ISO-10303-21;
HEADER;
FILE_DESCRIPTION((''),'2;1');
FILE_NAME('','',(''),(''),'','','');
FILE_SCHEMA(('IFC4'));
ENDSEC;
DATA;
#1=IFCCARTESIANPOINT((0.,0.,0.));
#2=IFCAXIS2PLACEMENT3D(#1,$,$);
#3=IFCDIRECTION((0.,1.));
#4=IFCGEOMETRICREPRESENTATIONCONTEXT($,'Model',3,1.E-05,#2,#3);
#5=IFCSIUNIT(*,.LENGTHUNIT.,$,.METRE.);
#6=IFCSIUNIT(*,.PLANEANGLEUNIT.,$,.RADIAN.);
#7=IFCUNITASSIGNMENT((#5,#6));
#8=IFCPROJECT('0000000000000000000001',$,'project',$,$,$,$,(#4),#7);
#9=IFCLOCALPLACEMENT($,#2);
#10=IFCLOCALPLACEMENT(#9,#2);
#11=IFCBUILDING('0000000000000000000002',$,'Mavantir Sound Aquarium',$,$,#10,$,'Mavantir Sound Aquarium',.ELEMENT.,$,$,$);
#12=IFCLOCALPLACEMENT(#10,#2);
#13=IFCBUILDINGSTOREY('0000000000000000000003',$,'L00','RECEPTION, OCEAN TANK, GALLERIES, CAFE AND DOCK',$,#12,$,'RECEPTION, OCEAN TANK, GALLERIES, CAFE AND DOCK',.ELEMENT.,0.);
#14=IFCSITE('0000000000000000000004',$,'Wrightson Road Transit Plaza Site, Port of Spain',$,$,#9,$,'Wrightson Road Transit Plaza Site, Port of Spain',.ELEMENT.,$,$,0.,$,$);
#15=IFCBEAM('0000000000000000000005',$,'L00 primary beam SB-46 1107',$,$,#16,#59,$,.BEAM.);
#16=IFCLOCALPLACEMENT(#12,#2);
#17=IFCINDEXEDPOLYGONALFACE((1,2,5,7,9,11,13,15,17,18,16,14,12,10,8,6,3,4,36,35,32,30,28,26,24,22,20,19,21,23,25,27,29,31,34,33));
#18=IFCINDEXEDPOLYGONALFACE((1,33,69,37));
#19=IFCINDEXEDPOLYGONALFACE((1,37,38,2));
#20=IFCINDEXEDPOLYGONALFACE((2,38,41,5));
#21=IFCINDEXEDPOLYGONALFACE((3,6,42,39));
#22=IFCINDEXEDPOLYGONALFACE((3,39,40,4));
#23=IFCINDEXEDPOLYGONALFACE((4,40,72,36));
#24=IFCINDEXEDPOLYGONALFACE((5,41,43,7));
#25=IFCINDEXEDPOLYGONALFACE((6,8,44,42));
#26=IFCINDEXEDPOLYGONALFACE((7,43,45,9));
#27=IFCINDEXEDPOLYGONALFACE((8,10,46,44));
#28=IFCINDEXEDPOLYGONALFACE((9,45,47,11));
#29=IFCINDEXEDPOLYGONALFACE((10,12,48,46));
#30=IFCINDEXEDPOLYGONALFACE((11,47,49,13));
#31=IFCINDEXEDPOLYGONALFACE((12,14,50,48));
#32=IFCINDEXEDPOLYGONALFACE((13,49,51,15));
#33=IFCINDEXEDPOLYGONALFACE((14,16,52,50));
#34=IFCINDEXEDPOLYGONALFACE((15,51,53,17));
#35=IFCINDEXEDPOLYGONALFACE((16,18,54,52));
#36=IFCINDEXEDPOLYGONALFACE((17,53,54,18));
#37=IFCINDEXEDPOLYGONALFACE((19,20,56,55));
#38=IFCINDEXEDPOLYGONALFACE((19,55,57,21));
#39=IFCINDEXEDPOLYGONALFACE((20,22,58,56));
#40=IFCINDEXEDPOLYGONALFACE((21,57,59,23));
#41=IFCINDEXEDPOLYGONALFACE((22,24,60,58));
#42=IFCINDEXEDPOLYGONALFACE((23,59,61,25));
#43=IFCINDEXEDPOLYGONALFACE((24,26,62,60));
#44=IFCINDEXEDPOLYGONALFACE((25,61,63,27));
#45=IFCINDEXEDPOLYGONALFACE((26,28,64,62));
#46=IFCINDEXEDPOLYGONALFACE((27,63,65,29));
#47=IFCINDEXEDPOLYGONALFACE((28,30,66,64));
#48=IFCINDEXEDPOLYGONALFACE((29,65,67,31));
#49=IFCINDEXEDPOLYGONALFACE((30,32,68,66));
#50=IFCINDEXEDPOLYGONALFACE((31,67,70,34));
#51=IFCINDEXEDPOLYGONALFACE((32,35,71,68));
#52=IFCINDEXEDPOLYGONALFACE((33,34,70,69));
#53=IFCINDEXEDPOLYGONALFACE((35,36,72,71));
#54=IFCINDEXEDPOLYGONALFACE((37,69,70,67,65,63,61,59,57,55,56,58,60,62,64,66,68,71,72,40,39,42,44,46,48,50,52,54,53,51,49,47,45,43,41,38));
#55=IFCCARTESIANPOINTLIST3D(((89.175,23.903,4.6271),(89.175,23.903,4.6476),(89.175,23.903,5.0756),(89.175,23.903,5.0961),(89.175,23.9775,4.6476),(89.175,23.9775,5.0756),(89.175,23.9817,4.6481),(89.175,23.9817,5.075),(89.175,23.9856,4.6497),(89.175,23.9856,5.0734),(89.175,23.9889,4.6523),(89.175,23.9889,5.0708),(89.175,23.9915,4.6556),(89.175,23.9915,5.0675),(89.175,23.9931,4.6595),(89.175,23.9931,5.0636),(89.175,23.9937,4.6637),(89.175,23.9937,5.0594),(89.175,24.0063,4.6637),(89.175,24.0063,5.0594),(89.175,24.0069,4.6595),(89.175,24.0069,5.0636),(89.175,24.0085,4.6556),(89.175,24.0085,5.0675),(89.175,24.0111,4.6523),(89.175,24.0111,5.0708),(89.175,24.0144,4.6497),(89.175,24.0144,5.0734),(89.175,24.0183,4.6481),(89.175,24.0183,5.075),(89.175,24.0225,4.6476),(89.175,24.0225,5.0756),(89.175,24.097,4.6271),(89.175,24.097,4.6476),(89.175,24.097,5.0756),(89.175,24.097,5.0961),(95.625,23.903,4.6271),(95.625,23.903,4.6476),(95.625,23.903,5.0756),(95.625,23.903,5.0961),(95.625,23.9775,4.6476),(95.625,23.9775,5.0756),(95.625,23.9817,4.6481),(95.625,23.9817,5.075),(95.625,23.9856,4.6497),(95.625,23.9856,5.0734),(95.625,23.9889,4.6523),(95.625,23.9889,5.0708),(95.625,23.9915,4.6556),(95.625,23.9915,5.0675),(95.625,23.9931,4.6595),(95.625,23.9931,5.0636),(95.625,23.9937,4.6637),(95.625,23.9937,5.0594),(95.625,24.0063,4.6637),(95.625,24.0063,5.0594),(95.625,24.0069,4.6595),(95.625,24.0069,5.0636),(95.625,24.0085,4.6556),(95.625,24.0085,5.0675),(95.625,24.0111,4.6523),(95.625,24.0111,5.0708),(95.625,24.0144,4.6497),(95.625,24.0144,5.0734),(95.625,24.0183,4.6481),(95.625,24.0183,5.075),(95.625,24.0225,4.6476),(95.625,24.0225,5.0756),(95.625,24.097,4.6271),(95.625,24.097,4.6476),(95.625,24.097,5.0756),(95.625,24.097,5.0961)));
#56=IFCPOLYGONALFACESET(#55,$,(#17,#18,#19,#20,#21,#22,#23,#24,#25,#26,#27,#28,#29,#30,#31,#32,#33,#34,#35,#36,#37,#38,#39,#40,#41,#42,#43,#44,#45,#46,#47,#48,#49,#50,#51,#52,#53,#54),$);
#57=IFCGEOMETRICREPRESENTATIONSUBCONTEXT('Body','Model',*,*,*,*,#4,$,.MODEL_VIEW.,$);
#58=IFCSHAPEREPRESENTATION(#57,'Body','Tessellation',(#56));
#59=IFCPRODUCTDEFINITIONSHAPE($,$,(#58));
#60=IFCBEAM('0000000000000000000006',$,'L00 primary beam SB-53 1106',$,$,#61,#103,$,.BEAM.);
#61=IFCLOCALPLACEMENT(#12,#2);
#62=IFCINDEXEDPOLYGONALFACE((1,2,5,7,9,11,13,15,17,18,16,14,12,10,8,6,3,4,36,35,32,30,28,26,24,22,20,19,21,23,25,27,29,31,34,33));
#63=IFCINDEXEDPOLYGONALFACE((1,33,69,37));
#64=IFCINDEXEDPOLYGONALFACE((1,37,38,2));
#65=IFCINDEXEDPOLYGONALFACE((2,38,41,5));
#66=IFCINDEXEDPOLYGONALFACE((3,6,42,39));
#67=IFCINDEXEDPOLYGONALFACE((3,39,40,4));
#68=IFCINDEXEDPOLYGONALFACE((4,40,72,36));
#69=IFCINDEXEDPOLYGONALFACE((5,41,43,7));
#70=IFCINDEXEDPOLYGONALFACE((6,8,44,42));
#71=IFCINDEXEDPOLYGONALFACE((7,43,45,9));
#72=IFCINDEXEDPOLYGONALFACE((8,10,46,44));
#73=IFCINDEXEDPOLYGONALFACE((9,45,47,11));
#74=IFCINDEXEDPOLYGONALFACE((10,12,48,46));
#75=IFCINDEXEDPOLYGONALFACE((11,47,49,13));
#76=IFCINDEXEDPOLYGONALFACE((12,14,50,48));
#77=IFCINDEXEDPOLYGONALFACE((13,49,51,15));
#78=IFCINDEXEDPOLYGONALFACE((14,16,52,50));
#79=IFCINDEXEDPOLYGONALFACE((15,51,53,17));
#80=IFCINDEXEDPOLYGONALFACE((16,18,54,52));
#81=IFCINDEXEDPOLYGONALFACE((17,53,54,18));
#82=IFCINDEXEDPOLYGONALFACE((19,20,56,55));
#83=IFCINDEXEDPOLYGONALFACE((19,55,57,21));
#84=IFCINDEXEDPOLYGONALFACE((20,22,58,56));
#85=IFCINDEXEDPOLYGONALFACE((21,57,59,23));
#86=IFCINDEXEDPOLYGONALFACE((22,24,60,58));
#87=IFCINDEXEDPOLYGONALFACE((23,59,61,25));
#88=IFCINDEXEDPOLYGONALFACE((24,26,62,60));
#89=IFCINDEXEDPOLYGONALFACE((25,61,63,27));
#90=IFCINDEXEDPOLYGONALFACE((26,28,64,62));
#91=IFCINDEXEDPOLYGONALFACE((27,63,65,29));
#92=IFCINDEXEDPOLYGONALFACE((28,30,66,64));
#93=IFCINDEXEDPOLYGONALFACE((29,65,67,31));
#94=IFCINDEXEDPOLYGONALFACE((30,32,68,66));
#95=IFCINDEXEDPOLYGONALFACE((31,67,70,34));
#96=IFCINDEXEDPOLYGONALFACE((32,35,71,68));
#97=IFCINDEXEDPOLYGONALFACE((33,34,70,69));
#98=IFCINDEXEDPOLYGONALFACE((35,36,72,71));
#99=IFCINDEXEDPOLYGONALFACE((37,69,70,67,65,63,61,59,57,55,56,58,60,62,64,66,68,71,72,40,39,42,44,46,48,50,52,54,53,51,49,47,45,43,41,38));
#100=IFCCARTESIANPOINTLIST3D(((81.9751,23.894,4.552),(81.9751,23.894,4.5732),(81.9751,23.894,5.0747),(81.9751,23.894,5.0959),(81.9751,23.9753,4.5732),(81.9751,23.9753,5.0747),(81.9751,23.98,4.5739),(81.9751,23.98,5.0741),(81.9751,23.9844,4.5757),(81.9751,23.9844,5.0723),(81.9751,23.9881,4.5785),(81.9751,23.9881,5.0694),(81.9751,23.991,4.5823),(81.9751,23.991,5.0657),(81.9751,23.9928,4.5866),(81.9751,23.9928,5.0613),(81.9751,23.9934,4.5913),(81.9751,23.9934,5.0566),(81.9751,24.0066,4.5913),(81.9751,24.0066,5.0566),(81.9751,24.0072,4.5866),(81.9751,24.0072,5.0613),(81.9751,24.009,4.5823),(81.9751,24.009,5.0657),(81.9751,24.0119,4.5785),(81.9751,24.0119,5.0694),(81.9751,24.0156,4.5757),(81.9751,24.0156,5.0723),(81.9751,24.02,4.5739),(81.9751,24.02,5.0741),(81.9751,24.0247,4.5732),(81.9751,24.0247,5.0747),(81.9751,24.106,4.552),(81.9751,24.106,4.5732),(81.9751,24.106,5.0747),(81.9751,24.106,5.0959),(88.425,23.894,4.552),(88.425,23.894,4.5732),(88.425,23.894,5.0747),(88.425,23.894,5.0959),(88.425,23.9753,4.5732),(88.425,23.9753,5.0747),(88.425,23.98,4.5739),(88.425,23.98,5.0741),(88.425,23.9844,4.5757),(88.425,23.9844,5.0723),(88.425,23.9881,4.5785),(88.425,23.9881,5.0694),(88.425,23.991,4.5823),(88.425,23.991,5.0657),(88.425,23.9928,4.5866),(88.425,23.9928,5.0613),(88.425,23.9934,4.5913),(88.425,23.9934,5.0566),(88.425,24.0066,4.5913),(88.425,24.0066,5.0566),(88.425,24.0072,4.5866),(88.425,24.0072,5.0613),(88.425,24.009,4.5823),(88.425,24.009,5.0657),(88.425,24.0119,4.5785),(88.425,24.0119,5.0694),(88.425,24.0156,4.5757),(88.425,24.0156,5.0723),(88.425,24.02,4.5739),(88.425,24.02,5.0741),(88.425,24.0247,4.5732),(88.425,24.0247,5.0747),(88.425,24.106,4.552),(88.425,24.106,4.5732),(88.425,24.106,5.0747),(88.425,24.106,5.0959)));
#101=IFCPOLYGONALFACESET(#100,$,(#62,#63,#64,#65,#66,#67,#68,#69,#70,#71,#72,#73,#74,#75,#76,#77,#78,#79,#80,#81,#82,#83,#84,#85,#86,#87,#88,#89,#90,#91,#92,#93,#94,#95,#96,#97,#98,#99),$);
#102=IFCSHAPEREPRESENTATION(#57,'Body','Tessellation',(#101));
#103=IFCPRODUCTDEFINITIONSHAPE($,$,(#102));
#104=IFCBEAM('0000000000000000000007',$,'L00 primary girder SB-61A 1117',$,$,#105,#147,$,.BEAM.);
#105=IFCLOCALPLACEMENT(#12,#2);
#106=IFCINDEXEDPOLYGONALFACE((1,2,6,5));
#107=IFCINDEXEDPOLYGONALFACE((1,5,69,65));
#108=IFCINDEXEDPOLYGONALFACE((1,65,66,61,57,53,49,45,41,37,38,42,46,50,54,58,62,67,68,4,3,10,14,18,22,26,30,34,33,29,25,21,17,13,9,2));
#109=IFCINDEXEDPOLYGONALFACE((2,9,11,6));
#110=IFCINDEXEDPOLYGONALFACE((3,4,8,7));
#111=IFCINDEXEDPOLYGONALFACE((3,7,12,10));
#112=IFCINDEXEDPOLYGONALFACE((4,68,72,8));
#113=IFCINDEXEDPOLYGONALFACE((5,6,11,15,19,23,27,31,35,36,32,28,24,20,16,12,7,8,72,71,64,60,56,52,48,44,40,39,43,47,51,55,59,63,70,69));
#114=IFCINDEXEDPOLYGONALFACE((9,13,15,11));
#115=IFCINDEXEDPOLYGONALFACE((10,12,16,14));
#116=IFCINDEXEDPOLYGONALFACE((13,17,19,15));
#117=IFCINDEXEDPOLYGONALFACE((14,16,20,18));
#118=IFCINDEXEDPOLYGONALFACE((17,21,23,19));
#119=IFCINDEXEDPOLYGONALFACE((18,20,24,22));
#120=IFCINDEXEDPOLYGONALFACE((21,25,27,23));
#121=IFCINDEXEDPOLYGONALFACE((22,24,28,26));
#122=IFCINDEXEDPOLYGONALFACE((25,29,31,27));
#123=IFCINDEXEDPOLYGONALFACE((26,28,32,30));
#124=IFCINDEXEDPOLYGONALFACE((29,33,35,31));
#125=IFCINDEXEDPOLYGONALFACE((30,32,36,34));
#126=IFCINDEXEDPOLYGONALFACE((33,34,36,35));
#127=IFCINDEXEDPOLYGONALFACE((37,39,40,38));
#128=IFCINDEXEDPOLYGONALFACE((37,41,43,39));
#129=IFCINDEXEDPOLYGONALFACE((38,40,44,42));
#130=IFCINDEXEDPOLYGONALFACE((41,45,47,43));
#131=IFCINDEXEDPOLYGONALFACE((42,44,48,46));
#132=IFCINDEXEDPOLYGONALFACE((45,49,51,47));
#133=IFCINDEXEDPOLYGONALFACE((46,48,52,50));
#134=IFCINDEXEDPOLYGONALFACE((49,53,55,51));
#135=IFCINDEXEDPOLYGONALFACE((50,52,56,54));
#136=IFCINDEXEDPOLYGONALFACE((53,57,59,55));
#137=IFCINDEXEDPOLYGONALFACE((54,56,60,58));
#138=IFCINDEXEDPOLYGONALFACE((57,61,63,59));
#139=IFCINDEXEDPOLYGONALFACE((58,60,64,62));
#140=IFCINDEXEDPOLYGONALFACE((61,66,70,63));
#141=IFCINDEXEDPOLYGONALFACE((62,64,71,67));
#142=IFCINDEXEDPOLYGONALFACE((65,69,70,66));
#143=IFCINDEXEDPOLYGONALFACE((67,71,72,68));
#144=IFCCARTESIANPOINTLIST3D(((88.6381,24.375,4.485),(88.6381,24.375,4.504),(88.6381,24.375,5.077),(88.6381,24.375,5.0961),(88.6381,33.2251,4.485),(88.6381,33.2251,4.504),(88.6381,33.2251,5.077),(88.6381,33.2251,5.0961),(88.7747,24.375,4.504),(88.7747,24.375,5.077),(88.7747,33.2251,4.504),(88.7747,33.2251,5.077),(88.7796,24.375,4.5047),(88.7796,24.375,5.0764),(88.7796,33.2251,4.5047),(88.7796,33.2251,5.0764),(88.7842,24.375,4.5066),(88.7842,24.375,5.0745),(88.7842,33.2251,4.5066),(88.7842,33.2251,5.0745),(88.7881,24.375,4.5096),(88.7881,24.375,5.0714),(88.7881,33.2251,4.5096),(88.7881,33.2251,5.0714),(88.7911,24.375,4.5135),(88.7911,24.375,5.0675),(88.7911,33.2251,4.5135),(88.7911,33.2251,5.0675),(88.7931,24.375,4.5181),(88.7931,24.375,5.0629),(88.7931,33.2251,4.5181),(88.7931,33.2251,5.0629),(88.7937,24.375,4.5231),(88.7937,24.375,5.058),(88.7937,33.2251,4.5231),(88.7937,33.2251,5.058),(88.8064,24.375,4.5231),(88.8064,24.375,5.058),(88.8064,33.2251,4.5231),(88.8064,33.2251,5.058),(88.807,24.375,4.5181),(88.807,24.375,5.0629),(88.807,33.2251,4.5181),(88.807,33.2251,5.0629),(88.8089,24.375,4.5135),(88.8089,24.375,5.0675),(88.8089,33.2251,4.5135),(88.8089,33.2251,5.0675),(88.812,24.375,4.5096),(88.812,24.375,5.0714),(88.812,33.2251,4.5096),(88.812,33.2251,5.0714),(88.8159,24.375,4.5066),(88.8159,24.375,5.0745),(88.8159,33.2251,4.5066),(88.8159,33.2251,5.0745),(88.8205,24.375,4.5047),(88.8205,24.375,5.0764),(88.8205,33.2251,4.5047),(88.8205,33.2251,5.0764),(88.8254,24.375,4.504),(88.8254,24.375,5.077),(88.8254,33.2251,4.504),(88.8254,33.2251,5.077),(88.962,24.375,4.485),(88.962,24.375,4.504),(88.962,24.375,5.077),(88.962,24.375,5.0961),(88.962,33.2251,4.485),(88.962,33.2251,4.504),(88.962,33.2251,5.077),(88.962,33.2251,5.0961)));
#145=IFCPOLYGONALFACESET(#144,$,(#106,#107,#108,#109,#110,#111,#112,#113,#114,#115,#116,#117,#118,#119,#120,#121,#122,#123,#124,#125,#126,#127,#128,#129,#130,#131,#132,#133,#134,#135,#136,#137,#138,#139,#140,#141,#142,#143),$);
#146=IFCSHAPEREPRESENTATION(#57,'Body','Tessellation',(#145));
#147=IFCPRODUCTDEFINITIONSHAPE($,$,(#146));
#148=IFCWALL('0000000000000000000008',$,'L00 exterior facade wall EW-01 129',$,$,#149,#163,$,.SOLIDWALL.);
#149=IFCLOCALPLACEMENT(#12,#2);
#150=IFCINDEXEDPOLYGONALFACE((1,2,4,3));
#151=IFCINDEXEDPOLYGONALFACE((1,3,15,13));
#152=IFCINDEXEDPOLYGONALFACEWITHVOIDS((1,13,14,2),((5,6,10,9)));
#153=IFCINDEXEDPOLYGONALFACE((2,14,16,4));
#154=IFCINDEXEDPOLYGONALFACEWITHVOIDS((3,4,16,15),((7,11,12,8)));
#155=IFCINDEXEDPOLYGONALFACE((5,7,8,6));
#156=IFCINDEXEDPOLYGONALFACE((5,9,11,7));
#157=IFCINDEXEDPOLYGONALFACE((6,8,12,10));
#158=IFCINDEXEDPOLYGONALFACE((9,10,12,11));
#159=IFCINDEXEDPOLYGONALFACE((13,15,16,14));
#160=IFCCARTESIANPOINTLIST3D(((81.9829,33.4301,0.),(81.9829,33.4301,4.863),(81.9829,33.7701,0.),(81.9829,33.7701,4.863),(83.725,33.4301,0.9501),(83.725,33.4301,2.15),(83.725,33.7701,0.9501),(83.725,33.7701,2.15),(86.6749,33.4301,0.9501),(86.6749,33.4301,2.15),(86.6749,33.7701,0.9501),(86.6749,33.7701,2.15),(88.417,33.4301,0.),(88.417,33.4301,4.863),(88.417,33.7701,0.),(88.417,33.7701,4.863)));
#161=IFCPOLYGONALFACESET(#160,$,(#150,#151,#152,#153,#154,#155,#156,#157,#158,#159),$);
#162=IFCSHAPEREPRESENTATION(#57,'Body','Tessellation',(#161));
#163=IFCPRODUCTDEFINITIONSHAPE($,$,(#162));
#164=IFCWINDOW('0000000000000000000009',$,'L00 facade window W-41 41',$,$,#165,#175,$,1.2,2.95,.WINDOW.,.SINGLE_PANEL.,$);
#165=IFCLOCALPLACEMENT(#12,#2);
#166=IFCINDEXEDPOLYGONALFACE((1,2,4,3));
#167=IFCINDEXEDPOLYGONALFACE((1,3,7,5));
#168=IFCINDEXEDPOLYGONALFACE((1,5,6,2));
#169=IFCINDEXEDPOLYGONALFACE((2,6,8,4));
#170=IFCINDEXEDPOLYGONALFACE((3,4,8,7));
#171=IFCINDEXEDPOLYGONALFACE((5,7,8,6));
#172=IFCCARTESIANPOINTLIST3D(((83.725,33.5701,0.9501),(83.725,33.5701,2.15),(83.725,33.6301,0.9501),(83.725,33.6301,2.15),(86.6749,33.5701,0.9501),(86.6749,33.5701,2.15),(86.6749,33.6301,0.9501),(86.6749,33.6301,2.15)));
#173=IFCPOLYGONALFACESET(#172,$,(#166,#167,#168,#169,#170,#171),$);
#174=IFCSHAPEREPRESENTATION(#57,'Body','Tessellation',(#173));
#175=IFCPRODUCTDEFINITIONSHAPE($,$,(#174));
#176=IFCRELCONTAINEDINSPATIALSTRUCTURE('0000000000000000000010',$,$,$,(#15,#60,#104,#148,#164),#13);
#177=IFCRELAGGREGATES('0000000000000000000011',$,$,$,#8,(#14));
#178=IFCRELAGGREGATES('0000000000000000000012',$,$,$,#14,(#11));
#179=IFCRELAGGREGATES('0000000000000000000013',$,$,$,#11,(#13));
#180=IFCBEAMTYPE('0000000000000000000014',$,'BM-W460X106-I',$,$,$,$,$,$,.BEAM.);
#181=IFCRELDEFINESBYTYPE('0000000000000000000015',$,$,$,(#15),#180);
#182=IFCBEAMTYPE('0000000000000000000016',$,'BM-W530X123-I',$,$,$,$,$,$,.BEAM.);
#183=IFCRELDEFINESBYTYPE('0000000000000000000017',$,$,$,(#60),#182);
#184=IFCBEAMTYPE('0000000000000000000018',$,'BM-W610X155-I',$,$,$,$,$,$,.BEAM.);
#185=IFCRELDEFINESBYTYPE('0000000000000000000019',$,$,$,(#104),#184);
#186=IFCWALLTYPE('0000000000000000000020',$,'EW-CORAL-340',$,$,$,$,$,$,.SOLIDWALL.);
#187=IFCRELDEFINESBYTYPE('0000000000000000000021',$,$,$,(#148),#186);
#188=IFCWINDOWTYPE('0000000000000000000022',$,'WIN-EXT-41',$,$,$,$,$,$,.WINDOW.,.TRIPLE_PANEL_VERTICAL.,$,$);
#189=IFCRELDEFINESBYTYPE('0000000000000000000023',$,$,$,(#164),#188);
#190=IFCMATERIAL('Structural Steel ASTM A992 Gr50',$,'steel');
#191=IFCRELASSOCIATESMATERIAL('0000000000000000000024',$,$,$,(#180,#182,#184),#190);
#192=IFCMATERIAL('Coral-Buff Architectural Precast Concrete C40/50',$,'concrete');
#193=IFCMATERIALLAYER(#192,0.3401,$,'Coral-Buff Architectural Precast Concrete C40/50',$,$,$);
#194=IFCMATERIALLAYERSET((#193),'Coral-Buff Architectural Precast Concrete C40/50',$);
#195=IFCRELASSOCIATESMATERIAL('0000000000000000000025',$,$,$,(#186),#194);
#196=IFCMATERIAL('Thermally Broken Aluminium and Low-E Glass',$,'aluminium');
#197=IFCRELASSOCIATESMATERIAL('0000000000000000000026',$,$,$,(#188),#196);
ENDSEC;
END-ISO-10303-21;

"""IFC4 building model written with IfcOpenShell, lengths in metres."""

from ifc_helpers import new_model, si_unit, direction, frame, frame_2d, origin, origin_2d, place, context, subcontext, project, spatial, rectangle, i_section, extrude, material, layer, layer_set, material_profile, profile_set, type_object, element, fill, save


model = new_model("IFC4")

# Units and contexts
model_context = context("Model", 3, precision=1e-05, world=origin(), true_north=direction((0.0, 1.0)))
body_context = subcontext(model_context, "Body", "Model", "MODEL_VIEW")
ifc_project = project(units=[si_unit("LENGTHUNIT", "METRE"), si_unit("PLANEANGLEUNIT", "RADIAN")], contexts=[model_context])

# Site, building, storey
site_placement = place(None, origin())
site = spatial("IfcSite", under=ifc_project, at=site_placement, Name="Wrightson Road Transit Plaza Site, Port of Spain", LongName="Wrightson Road Transit Plaza Site, Port of Spain", CompositionType="ELEMENT", RefElevation=0.0)
building_placement = place(site_placement, origin())
building = spatial("IfcBuilding", under=site, at=building_placement, Name="Mavantir Sound Aquarium", LongName="Mavantir Sound Aquarium", CompositionType="ELEMENT")
storey_placement = place(building_placement, origin())
storey = spatial("IfcBuildingStorey", under=building, at=storey_placement, Name="L00", Description="RECEPTION, OCEAN TANK, GALLERIES, CAFE AND DOCK", LongName="RECEPTION, OCEAN TANK, GALLERIES, CAFE AND DOCK", CompositionType="ELEMENT", Elevation=0.0)

# Shared definitions
ifc_material_1 = material(Name="Structural Steel ASTM A992 Gr50", Category="steel")

# Beams
ifc_material_profile_1 = material_profile(ifc_material_1, i_section(OverallWidth=0.1941, OverallDepth=0.469, WebThickness=0.0127, FlangeThickness=0.0205, FilletRadius=0.0161, at=origin_2d()), Name="W460X106")
ifc_profile_set_1 = profile_set([ifc_material_profile_1], Name="Structural Steel ASTM A992 Gr50")
beam_type_1 = type_object("IfcBeamType", Name="BM-W460X106-I", PredefinedType="BEAM", material=ifc_profile_set_1)
beam_1_placement = place(storey_placement, frame((89.175, 24.0, 4.8616), z_axis=(1.0, 0.0, 0.0), x_axis=(0.0, 1.0, 0.0)))
element("IfcBeam", 1, at=beam_1_placement, inside=storey, type_object=beam_type_1, Name="L00 primary beam SB-46 1107", PredefinedType="BEAM", context=body_context, shape_type="SweptSolid", body=[
    extrude(i_section(OverallWidth=0.1941, OverallDepth=0.469, WebThickness=0.0127, FlangeThickness=0.0205, FilletRadius=0.0161, at=origin_2d()), origin(), (0.0, 0.0, 1.0), 6.45),
])
ifc_material_profile_2 = material_profile(ifc_material_1, i_section(OverallWidth=0.2119, OverallDepth=0.5439, WebThickness=0.0132, FlangeThickness=0.0212, FilletRadius=0.0181, at=origin_2d()), Name="W530X123")
ifc_profile_set_2 = profile_set([ifc_material_profile_2], Name="Structural Steel ASTM A992 Gr50")
beam_type_2 = type_object("IfcBeamType", Name="BM-W530X123-I", PredefinedType="BEAM", material=ifc_profile_set_2)
beam_2_placement = place(storey_placement, frame((81.9751, 24.0, 4.824), z_axis=(1.0, 0.0, 0.0), x_axis=(0.0, 1.0, 0.0)))
element("IfcBeam", 2, at=beam_2_placement, inside=storey, type_object=beam_type_2, Name="L00 primary beam SB-53 1106", PredefinedType="BEAM", context=body_context, shape_type="SweptSolid", body=[
    extrude(i_section(OverallWidth=0.2119, OverallDepth=0.5439, WebThickness=0.0132, FlangeThickness=0.0212, FilletRadius=0.0181, at=origin_2d()), origin(), (0.0, 0.0, 1.0), 6.45),
])
ifc_material_profile_3 = material_profile(ifc_material_1, i_section(OverallWidth=0.324, OverallDepth=0.6111, WebThickness=0.0127, FlangeThickness=0.019, FilletRadius=0.019, at=origin_2d()), Name="W610X155")
ifc_profile_set_3 = profile_set([ifc_material_profile_3], Name="Structural Steel ASTM A992 Gr50")
beam_type_3 = type_object("IfcBeamType", Name="BM-W610X155-I", PredefinedType="BEAM", material=ifc_profile_set_3)
beam_3_placement = place(storey_placement, frame((88.8, 24.375, 4.7905), z_axis=(0.0, 1.0, 0.0), x_axis=(-1.0, 0.0, 0.0)))
element("IfcBeam", 3, at=beam_3_placement, inside=storey, type_object=beam_type_3, Name="L00 primary girder SB-61A 1117", PredefinedType="BEAM", context=body_context, shape_type="SweptSolid", body=[
    extrude(i_section(OverallWidth=0.324, OverallDepth=0.6111, WebThickness=0.0127, FlangeThickness=0.019, FilletRadius=0.019, at=origin_2d()), origin(), (0.0, 0.0, 1.0), 8.8501),
])

# Wall, opening, window
ifc_material_2 = material(Name="Coral-Buff Architectural Precast Concrete C40/50", Category="concrete")
ifc_layer_1 = layer(ifc_material_2, 0.3401, Name="Coral-Buff Architectural Precast Concrete C40/50")
ifc_layer_set_1 = layer_set([ifc_layer_1], Name="Coral-Buff Architectural Precast Concrete C40/50")
wall_type_1 = type_object("IfcWallType", Name="EW-CORAL-340", PredefinedType="SOLIDWALL", material=ifc_layer_set_1)
wall_1_placement = place(storey_placement, frame((88.417, 33.6001, 0.0), z_axis=(0.0, 0.0, 1.0), x_axis=(-1.0, 0.0, 0.0)))
wall_1 = element("IfcWall", 4, at=wall_1_placement, inside=storey, type_object=wall_type_1, Name="L00 exterior facade wall EW-01 129", PredefinedType="SOLIDWALL", context=body_context, shape_type="SweptSolid", body=[
    extrude(rectangle(XDim=6.4341, YDim=0.3401, at=frame_2d((3.217, 0.0))), origin(), (0.0, 0.0, 1.0), 4.863),
])
opening_1_placement = place(wall_1_placement, frame((1.7419, 0.0, 0.95)))
opening_1 = element("IfcOpeningElement", 5, at=opening_1_placement, cuts=wall_1, PredefinedType="OPENING", context=body_context, shape_type="SweptSolid", body=[
    extrude(rectangle(XDim=2.95, YDim=1.2, at=frame_2d((1.4751, 0.6001))), frame((0.0, 0.1802, 0.0), z_axis=(0.0, -1.0, 0.0), x_axis=(1.0, 0.0, 0.0)), (0.0, 0.0, 1.0), 0.3601),
])
ifc_material_3 = material(Name="Thermally Broken Aluminium and Low-E Glass", Category="aluminium")
window_type_1 = type_object("IfcWindowType", Name="WIN-EXT-41", PartitioningType="TRIPLE_PANEL_VERTICAL", PredefinedType="WINDOW", material=ifc_material_3)
window_1_placement = place(opening_1_placement, origin())
window_1 = element("IfcWindow", 6, at=window_1_placement, inside=storey, type_object=window_type_1, Name="L00 facade window W-41 41", OverallHeight=1.2, OverallWidth=2.95, PartitioningType="SINGLE_PANEL", PredefinedType="WINDOW", context=body_context, shape_type="SweptSolid", body=[
    extrude(rectangle(XDim=2.95, YDim=1.2, at=frame_2d((1.4751, 0.6001))), frame((0.0, 0.03, 0.0), z_axis=(0.0, -1.0, 0.0), x_axis=(1.0, 0.0, 0.0)), (0.0, 0.0, 1.0), 0.0601),
])
fill(opening_1, window_1)

save(model, "model.ifc")
